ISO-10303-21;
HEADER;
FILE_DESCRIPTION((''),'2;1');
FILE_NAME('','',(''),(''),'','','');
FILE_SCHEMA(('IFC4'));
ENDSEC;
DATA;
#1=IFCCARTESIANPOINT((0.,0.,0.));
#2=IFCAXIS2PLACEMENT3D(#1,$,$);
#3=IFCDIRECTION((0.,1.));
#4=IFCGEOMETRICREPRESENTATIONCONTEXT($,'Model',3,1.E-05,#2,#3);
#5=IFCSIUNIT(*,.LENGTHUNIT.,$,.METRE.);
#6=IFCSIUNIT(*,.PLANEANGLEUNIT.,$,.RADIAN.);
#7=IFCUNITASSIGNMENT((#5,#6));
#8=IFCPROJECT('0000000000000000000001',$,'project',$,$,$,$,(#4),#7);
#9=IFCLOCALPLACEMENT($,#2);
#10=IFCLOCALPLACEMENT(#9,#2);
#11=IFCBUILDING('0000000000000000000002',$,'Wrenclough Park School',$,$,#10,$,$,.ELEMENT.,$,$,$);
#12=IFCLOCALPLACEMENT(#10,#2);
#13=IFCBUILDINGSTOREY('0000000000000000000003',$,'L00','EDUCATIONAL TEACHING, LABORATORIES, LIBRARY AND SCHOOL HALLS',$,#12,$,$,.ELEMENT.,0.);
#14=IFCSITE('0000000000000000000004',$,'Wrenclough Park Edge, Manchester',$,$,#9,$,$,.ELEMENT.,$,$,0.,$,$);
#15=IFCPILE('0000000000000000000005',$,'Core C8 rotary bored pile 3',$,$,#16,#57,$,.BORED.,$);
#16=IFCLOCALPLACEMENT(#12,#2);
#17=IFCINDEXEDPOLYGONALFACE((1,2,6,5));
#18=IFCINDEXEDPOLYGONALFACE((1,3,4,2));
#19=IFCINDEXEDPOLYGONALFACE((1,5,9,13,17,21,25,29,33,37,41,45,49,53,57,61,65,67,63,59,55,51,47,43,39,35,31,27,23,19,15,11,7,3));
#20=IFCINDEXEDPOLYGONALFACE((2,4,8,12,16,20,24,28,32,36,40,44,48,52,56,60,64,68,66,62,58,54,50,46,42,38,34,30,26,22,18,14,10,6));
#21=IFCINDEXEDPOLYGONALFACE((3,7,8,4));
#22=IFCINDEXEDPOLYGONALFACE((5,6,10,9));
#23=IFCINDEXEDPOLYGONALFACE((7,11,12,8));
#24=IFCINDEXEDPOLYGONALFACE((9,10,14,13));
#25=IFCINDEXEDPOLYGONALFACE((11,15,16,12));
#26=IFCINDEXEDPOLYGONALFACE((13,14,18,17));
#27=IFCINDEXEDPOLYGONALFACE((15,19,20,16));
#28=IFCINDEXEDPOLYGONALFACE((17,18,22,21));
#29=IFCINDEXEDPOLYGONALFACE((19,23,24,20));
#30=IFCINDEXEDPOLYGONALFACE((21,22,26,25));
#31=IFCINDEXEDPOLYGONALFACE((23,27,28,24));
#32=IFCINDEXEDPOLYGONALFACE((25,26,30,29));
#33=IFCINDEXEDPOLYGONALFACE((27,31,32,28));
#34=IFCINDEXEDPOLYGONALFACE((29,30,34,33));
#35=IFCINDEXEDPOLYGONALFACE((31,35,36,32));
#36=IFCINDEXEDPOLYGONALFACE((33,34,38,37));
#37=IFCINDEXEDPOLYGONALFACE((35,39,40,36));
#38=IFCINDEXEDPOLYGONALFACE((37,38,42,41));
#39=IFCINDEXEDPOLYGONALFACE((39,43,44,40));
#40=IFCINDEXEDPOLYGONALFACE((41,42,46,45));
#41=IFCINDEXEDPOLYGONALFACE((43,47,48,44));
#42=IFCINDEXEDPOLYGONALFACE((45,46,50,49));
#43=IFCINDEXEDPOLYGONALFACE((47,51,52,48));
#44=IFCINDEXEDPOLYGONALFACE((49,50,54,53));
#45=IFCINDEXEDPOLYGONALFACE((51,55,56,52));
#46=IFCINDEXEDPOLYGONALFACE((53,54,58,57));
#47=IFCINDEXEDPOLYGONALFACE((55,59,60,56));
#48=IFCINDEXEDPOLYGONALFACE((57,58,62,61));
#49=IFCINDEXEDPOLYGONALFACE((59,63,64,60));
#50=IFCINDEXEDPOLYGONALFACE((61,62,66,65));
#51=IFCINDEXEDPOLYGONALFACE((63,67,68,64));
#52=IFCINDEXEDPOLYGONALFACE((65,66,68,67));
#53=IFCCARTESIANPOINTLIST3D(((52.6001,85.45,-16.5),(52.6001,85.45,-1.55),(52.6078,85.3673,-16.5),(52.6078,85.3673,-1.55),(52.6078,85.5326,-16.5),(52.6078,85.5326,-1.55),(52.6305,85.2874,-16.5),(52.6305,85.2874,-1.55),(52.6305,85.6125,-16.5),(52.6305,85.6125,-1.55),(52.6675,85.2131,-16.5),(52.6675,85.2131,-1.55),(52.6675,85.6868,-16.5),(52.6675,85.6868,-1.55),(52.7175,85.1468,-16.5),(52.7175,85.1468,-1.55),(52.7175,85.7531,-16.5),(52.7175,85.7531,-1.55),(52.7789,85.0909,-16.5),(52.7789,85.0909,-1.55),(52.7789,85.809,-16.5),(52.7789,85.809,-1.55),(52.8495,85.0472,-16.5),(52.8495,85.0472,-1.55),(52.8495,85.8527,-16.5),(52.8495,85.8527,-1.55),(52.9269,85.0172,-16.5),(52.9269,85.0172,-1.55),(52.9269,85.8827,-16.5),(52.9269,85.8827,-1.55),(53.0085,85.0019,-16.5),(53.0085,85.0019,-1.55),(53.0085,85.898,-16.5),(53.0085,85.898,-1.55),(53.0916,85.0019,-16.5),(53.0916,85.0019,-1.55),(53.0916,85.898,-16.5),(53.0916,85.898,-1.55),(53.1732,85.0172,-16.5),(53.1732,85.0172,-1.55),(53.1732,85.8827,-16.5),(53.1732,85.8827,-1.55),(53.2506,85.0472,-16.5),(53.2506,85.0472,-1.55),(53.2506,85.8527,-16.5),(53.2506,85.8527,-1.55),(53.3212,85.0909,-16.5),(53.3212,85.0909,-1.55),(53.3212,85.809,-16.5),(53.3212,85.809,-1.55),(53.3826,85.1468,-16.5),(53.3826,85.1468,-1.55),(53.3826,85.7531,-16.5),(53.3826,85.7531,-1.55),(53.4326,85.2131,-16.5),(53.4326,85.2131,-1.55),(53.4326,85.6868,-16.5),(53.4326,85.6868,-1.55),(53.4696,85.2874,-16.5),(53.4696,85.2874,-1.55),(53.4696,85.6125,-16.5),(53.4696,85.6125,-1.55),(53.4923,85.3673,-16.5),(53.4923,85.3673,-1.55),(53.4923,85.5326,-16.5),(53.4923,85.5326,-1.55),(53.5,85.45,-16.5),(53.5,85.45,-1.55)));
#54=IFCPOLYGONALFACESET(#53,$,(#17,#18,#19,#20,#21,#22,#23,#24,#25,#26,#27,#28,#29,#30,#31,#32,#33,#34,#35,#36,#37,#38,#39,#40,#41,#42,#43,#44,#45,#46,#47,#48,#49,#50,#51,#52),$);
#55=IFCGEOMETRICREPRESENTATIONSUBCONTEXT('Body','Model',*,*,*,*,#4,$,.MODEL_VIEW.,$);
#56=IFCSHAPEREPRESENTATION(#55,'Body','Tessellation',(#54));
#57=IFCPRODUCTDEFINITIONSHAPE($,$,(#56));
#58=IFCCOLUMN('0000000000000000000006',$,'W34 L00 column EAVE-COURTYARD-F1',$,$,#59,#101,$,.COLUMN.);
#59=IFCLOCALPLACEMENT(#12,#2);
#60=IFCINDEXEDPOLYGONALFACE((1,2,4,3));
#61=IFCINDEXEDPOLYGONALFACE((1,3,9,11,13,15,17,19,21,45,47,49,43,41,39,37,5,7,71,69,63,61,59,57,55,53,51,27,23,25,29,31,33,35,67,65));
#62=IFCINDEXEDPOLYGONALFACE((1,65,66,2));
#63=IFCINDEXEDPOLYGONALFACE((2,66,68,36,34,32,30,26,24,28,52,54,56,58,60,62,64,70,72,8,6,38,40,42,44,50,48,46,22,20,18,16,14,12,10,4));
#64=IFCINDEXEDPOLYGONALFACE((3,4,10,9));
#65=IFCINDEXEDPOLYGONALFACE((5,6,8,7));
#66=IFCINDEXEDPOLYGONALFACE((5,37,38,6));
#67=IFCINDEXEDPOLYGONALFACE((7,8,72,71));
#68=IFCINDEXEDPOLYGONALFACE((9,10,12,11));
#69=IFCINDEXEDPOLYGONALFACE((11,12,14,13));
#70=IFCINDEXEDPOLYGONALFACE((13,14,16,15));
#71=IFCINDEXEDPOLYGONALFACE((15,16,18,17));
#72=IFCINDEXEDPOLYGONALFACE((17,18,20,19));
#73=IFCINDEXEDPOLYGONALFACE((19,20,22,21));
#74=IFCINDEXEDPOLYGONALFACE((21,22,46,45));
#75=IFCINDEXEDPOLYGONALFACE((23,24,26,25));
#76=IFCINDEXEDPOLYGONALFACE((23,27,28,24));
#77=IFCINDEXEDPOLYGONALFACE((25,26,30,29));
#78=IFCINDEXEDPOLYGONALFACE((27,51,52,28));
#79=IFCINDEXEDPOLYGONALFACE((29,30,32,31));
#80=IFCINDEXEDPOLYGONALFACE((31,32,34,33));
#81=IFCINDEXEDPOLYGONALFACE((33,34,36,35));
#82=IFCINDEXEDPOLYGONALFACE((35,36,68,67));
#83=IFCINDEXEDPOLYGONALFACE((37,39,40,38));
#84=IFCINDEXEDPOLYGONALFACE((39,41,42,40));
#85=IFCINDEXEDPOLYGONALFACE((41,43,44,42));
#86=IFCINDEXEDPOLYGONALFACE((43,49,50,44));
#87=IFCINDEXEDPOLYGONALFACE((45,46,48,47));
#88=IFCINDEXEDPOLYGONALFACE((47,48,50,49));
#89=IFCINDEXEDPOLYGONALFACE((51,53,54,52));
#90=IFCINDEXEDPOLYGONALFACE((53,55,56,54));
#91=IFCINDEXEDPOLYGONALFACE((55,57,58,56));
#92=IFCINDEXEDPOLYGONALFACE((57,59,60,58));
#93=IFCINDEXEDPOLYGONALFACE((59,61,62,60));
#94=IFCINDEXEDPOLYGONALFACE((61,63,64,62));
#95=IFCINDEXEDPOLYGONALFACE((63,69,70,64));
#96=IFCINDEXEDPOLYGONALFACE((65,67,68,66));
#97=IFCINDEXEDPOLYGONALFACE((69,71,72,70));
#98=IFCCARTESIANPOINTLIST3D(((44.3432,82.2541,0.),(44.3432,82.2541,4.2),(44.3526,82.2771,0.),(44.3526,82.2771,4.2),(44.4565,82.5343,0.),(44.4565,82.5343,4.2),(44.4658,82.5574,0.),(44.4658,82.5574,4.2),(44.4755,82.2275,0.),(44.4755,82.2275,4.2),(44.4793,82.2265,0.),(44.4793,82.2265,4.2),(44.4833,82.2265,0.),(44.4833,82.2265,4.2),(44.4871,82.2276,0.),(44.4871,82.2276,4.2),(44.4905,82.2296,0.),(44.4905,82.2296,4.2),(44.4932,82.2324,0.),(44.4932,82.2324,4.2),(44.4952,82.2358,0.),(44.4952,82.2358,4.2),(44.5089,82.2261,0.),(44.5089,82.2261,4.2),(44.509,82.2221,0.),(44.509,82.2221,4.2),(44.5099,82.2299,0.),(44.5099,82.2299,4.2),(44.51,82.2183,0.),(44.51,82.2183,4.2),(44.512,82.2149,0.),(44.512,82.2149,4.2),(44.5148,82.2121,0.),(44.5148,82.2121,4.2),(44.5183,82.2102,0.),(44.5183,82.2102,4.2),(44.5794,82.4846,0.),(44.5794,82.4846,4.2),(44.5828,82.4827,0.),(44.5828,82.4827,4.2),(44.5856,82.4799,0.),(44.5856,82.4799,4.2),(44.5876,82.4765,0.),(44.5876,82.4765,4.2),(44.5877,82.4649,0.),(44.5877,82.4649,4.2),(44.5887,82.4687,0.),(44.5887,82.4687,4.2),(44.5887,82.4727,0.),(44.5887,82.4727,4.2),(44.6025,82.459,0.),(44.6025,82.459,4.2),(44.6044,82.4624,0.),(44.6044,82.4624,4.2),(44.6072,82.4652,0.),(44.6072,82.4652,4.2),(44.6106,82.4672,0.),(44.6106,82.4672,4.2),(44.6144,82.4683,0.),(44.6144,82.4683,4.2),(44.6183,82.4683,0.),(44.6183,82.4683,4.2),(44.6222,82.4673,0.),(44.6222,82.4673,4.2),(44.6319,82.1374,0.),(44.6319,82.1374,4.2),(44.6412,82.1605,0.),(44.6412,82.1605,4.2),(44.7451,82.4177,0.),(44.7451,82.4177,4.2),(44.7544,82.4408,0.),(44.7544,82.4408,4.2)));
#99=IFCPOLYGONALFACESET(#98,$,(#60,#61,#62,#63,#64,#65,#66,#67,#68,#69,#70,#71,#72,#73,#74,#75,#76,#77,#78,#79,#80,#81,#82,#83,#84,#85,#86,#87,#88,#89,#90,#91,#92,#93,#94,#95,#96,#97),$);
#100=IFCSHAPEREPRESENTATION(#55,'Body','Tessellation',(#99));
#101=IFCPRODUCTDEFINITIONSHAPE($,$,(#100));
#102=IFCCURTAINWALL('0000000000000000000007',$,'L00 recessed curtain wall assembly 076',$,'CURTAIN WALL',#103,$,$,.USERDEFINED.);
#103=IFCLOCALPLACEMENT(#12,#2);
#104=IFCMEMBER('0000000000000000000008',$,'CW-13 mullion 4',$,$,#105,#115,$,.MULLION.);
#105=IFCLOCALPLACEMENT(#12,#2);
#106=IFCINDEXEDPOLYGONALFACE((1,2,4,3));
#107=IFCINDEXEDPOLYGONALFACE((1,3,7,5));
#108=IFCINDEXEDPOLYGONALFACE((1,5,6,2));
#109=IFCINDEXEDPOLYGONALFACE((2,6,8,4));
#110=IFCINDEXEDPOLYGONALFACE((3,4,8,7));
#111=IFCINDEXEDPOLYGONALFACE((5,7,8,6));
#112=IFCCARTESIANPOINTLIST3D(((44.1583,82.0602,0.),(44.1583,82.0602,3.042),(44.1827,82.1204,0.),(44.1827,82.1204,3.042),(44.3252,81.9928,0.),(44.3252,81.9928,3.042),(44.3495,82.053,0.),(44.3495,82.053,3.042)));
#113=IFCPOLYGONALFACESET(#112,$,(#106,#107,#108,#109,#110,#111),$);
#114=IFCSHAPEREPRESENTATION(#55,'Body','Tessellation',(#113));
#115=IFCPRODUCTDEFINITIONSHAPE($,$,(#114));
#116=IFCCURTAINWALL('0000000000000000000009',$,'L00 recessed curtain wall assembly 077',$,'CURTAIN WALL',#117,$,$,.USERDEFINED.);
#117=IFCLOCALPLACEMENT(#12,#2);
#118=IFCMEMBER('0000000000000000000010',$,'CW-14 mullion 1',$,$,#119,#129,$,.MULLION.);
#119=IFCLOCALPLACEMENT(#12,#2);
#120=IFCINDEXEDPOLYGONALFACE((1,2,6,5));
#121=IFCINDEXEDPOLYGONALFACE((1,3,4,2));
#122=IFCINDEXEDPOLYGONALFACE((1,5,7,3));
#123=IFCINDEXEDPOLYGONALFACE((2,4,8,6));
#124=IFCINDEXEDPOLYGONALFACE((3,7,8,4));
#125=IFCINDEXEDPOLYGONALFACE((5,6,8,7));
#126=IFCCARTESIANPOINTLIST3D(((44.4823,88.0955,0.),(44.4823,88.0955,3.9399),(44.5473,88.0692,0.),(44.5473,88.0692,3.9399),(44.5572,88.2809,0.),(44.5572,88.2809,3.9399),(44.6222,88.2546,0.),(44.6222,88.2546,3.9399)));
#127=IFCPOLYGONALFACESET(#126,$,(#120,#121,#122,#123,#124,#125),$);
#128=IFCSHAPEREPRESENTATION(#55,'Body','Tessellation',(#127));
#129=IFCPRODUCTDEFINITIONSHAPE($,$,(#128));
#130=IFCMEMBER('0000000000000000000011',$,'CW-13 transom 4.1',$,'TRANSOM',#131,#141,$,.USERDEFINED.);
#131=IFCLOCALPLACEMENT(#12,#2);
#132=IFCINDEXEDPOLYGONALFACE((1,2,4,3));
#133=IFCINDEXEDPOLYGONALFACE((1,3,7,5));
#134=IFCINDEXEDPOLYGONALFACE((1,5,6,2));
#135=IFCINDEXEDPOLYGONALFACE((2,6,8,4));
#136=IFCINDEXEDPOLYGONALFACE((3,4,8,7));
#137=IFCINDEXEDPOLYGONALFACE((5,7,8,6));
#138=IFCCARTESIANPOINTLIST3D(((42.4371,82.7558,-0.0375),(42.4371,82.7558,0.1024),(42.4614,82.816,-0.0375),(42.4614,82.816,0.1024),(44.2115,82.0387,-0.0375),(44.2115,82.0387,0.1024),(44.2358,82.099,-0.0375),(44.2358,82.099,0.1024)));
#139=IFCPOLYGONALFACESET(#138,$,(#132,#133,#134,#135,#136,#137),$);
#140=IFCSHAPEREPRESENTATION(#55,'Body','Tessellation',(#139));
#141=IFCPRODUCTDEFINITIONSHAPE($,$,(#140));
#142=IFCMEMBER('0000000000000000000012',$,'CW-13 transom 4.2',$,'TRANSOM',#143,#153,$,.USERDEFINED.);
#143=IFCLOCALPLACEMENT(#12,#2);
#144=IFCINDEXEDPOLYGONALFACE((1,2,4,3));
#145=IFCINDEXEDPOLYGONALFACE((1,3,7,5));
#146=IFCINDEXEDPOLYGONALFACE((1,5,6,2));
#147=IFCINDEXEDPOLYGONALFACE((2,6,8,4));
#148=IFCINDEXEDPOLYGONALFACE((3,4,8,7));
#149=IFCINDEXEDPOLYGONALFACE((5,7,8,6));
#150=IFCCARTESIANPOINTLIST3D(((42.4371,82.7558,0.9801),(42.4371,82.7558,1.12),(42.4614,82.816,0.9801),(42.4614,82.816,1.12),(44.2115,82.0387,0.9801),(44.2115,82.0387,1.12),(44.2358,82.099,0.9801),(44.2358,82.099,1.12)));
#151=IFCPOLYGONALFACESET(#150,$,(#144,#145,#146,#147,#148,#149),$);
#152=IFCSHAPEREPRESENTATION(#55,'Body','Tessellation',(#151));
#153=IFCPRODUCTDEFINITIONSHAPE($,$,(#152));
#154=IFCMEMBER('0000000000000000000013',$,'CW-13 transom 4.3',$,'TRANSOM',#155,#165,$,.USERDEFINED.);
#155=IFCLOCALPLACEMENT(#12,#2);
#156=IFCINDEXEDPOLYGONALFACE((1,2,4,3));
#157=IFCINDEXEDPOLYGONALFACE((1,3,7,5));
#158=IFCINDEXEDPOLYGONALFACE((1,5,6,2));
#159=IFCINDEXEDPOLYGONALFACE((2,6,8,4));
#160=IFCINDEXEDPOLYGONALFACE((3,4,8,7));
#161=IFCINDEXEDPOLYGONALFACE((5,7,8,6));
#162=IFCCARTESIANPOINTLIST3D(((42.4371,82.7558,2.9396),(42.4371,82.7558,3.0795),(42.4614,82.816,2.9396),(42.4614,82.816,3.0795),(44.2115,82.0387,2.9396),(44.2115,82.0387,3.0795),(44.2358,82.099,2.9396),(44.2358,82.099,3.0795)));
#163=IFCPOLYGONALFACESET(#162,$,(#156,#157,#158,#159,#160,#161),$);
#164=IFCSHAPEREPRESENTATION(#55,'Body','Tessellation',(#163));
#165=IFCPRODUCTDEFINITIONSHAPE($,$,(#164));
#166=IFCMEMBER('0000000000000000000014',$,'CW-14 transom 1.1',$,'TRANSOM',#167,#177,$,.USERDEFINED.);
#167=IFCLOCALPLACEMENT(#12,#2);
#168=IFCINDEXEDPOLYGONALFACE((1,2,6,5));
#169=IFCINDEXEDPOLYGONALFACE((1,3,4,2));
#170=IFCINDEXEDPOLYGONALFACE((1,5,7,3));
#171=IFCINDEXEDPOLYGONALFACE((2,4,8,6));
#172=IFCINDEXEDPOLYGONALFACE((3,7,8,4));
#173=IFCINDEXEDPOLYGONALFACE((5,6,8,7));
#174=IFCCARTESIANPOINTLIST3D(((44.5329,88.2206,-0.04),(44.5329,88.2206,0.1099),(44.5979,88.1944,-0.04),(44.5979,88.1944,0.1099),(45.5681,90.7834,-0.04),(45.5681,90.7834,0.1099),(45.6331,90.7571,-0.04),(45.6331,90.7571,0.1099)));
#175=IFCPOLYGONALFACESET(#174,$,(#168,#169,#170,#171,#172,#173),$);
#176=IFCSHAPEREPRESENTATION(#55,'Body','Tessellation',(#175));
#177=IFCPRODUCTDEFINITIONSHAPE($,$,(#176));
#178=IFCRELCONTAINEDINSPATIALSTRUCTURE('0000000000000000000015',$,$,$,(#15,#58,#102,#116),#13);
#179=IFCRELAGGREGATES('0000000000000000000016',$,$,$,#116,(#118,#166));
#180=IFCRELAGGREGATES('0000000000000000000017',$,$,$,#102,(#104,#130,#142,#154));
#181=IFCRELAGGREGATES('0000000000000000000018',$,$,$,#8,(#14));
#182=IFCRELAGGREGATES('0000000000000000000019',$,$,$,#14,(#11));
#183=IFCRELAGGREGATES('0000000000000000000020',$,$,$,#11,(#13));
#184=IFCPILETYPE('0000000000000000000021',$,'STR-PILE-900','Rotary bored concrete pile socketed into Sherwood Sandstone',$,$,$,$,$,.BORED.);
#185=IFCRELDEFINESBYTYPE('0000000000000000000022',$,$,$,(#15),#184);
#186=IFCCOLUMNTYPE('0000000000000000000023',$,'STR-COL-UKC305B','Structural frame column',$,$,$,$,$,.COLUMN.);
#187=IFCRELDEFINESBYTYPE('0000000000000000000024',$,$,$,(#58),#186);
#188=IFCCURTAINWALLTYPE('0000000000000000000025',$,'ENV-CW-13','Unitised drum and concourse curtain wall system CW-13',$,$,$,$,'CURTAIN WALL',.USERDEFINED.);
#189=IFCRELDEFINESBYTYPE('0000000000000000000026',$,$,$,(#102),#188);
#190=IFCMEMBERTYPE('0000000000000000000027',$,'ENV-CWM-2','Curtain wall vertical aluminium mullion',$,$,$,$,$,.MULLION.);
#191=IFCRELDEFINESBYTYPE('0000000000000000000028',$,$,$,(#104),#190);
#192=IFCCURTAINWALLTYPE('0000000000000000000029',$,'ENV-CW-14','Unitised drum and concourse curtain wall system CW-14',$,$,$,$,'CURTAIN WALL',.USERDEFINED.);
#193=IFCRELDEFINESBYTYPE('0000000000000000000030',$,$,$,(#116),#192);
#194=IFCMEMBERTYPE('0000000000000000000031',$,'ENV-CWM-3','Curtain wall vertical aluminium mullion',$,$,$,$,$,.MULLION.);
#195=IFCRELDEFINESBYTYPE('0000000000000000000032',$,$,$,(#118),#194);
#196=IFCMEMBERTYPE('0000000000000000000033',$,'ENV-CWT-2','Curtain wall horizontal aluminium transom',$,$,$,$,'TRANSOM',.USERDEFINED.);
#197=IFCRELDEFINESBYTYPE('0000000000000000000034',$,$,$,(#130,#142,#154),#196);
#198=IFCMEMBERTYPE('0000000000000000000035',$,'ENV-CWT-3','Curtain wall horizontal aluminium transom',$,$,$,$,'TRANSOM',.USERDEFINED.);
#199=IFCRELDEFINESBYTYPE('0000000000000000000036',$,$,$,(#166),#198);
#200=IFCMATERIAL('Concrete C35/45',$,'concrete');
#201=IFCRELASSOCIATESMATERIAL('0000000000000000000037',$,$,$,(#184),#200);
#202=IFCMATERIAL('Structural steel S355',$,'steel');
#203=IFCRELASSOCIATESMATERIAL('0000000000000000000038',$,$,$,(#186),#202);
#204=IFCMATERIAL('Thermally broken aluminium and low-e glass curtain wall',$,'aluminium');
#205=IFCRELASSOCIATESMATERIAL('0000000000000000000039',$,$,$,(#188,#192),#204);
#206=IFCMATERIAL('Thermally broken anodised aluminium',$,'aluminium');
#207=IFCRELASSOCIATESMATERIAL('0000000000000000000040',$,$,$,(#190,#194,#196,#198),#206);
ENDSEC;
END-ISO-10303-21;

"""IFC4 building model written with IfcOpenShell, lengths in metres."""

from ifc_helpers import new_model, si_unit, direction, frame, origin, origin_2d, place, context, subcontext, project, spatial, rectangle, circle, i_section, extrude, material, material_profile, profile_set, type_object, element, aggregate, save


model = new_model("IFC4")

# Units and contexts
model_context = context("Model", 3, precision=1e-05, world=origin(), true_north=direction((0.0, 1.0)))
body_context = subcontext(model_context, "Body", "Model", "MODEL_VIEW")
ifc_project = project(units=[si_unit("LENGTHUNIT", "METRE"), si_unit("PLANEANGLEUNIT", "RADIAN")], contexts=[model_context])

# Site, building, storey
site_placement = place(None, origin())
site = spatial("IfcSite", under=ifc_project, at=site_placement, Name="Wrenclough Park Edge, Manchester", CompositionType="ELEMENT", RefElevation=0.0)
building_placement = place(site_placement, origin())
building = spatial("IfcBuilding", under=site, at=building_placement, Name="Wrenclough Park School", CompositionType="ELEMENT")
storey_placement = place(building_placement, origin())
storey = spatial("IfcBuildingStorey", under=building, at=storey_placement, Name="L00", Description="EDUCATIONAL TEACHING, LABORATORIES, LIBRARY AND SCHOOL HALLS", CompositionType="ELEMENT", Elevation=0.0)

# Shared definitions
ifc_material_1 = material(Name="Concrete C35/45", Category="concrete")

# Pile
ifc_material_profile_1 = material_profile(ifc_material_1, circle(Radius=0.45, at=origin_2d()), Name="BORED PILE D900")
ifc_profile_set_1 = profile_set([ifc_material_profile_1], Name="Concrete C35/45")
pile_type_1 = type_object("IfcPileType", Name="STR-PILE-900", Description="Rotary bored concrete pile socketed into Sherwood Sandstone", PredefinedType="BORED", material=ifc_profile_set_1)
for number, where, z_axis, x_axis, name in (
    (1, (53.05, 85.45, -1.55), (0.0, 0.0, -1.0), (1.0, 0.0, 0.0), "Core C8 rotary bored pile 3"),
):
    element("IfcPile", number, at=place(storey_placement, frame(where, z_axis=z_axis, x_axis=x_axis)), inside=storey, type_object=pile_type_1, Name=name, PredefinedType="BORED", context=body_context, shape_type="SweptSolid", body=[
        extrude(circle(Radius=0.45, at=origin_2d()), origin(), (0.0, 0.0, 1.0), 14.95),
    ])

# Column
ifc_material_2 = material(Name="Structural steel S355", Category="steel")
ifc_material_profile_2 = material_profile(ifc_material_2, i_section(OverallWidth=0.3113, OverallDepth=0.3271, WebThickness=0.0159, FlangeThickness=0.0249, FilletRadius=0.0151, at=origin_2d()), Name="UKC 305x305x158")
ifc_profile_set_2 = profile_set([ifc_material_profile_2], Name="Structural steel S355")
column_type = type_object("IfcColumnType", Name="STR-COL-UKC305B", Description="Structural frame column", PredefinedType="COLUMN", material=ifc_profile_set_2)
column_placement = place(storey_placement, frame((44.5488, 82.3474, 0.0), z_axis=(0.0, 0.0, 1.0), x_axis=(0.927184, -0.374607, 0.0)))
element("IfcColumn", 2, at=column_placement, inside=storey, type_object=column_type, Name="W34 L00 column EAVE-COURTYARD-F1", PredefinedType="COLUMN", context=body_context, shape_type="SweptSolid", body=[
    extrude(i_section(OverallWidth=0.3113, OverallDepth=0.3271, WebThickness=0.0159, FlangeThickness=0.0249, FilletRadius=0.0151, at=origin_2d()), origin(), (0.0, 0.0, 1.0), 4.2),
])

# Curtain walls, members
ifc_material_3 = material(Name="Thermally broken aluminium and low-e glass curtain wall", Category="aluminium")
curtain_wall_type_1 = type_object("IfcCurtainWallType", Name="ENV-CW-13", Description="Unitised drum and concourse curtain wall system CW-13", ElementType="CURTAIN WALL", PredefinedType="USERDEFINED", material=ifc_material_3)
curtain_wall_1_placement = place(storey_placement, origin())
curtain_wall_1 = element("IfcCurtainWall", 3, at=curtain_wall_1_placement, inside=storey, type_object=curtain_wall_type_1, Name="L00 recessed curtain wall assembly 076", ObjectType="CURTAIN WALL", PredefinedType="USERDEFINED")
ifc_material_4 = material(Name="Thermally broken anodised aluminium", Category="aluminium")
ifc_material_profile_3 = material_profile(ifc_material_4, rectangle(XDim=0.0649, YDim=0.1799, at=origin_2d()), Name="AL MULLION 65x180")
ifc_profile_set_3 = profile_set([ifc_material_profile_3], Name="Thermally broken anodised aluminium")
member_type_1 = type_object("IfcMemberType", Name="ENV-CWM-2", Description="Curtain wall vertical aluminium mullion", PredefinedType="MULLION", material=ifc_profile_set_3)
member_1_placement = place(storey_placement, frame((44.2539, 82.0566, 0.0), z_axis=(0.0, 0.0, 1.0), x_axis=(-0.374603, -0.927185, 0.0)))
member_1 = element("IfcMember", 4, at=member_1_placement, type_object=member_type_1, Name="CW-13 mullion 4", PredefinedType="MULLION", context=body_context, shape_type="SweptSolid", body=[
    extrude(rectangle(XDim=0.0649, YDim=0.1799, at=origin_2d()), origin(), (0.0, 0.0, 1.0), 3.042),
])
curtain_wall_type_2 = type_object("IfcCurtainWallType", Name="ENV-CW-14", Description="Unitised drum and concourse curtain wall system CW-14", ElementType="CURTAIN WALL", PredefinedType="USERDEFINED", material=ifc_material_3)
curtain_wall_2_placement = place(storey_placement, origin())
curtain_wall_2 = element("IfcCurtainWall", 5, at=curtain_wall_2_placement, inside=storey, type_object=curtain_wall_type_2, Name="L00 recessed curtain wall assembly 077", ObjectType="CURTAIN WALL", PredefinedType="USERDEFINED")
ifc_material_profile_4 = material_profile(ifc_material_4, rectangle(XDim=0.0701, YDim=0.2, at=origin_2d()), Name="AL MULLION 70x200")
ifc_profile_set_4 = profile_set([ifc_material_profile_4], Name="Thermally broken anodised aluminium")
member_type_2 = type_object("IfcMemberType", Name="ENV-CWM-3", Description="Curtain wall vertical aluminium mullion", PredefinedType="MULLION", material=ifc_profile_set_4)
member_2_placement = place(storey_placement, frame((44.5522, 88.175, 0.0), z_axis=(0.0, 0.0, 1.0), x_axis=(-0.927185, 0.374604, 0.0)))
member_2 = element("IfcMember", 6, at=member_2_placement, type_object=member_type_2, Name="CW-14 mullion 1", PredefinedType="MULLION", context=body_context, shape_type="SweptSolid", body=[
    extrude(rectangle(XDim=0.0701, YDim=0.2, at=origin_2d()), origin(), (0.0, 0.0, 1.0), 3.9399),
])

# Members
ifc_material_profile_5 = material_profile(ifc_material_4, rectangle(XDim=0.0649, YDim=0.1399, at=origin_2d()), Name="AL TRANSOM 65x140")
ifc_profile_set_5 = profile_set([ifc_material_profile_5], Name="Thermally broken anodised aluminium")
member_type_3 = type_object("IfcMemberType", Name="ENV-CWT-2", Description="Curtain wall horizontal aluminium transom", ElementType="TRANSOM", PredefinedType="USERDEFINED", material=ifc_profile_set_5)
member_3_placement = place(storey_placement, frame((44.2236, 82.0688, 0.0325), z_axis=(-0.92716, 0.374666, 0.0), x_axis=(-0.374666, -0.92716, 0.0)))
member_3 = element("IfcMember", 7, at=member_3_placement, type_object=member_type_3, Name="CW-13 transom 4.1", ObjectType="TRANSOM", PredefinedType="USERDEFINED", context=body_context, shape_type="SweptSolid", body=[
    extrude(rectangle(XDim=0.0649, YDim=0.1399, at=origin_2d()), origin(), (0.0, 0.0, 1.0), 1.9138),
])
member_4_placement = place(storey_placement, frame((44.2236, 82.0688, 1.05), z_axis=(-0.92716, 0.374666, 0.0), x_axis=(-0.374666, -0.92716, 0.0)))
member_4 = element("IfcMember", 8, at=member_4_placement, type_object=member_type_3, Name="CW-13 transom 4.2", ObjectType="TRANSOM", PredefinedType="USERDEFINED", context=body_context, shape_type="SweptSolid", body=[
    extrude(rectangle(XDim=0.0649, YDim=0.1399, at=origin_2d()), origin(), (0.0, 0.0, 1.0), 1.9138),
])
member_5_placement = place(storey_placement, frame((44.2236, 82.0688, 3.0095), z_axis=(-0.92716, 0.374666, 0.0), x_axis=(-0.374666, -0.92716, 0.0)))
member_5 = element("IfcMember", 9, at=member_5_placement, type_object=member_type_3, Name="CW-13 transom 4.3", ObjectType="TRANSOM", PredefinedType="USERDEFINED", context=body_context, shape_type="SweptSolid", body=[
    extrude(rectangle(XDim=0.0649, YDim=0.1399, at=origin_2d()), origin(), (0.0, 0.0, 1.0), 1.9138),
])
ifc_material_profile_6 = material_profile(ifc_material_4, rectangle(XDim=0.0701, YDim=0.1499, at=origin_2d()), Name="AL TRANSOM 70x150")
ifc_profile_set_6 = profile_set([ifc_material_profile_6], Name="Thermally broken anodised aluminium")
member_type_4 = type_object("IfcMemberType", Name="ENV-CWT-3", Description="Curtain wall horizontal aluminium transom", ElementType="TRANSOM", PredefinedType="USERDEFINED", material=ifc_profile_set_6)
member_6_placement = place(storey_placement, frame((44.5654, 88.2075, 0.0349), z_axis=(0.374526, 0.927216, 0.0), x_axis=(-0.927216, 0.374526, 0.0)))
member_6 = element("IfcMember", 10, at=member_6_placement, type_object=member_type_4, Name="CW-14 transom 1.1", ObjectType="TRANSOM", PredefinedType="USERDEFINED", context=body_context, shape_type="SweptSolid", body=[
    extrude(rectangle(XDim=0.0701, YDim=0.1499, at=origin_2d()), origin(), (0.0, 0.0, 1.0), 2.7639),
])
aggregate(curtain_wall_2, [member_2, member_6])

aggregate(curtain_wall_1, [member_1, member_3, member_4, member_5])

save(model, "model.ifc")
